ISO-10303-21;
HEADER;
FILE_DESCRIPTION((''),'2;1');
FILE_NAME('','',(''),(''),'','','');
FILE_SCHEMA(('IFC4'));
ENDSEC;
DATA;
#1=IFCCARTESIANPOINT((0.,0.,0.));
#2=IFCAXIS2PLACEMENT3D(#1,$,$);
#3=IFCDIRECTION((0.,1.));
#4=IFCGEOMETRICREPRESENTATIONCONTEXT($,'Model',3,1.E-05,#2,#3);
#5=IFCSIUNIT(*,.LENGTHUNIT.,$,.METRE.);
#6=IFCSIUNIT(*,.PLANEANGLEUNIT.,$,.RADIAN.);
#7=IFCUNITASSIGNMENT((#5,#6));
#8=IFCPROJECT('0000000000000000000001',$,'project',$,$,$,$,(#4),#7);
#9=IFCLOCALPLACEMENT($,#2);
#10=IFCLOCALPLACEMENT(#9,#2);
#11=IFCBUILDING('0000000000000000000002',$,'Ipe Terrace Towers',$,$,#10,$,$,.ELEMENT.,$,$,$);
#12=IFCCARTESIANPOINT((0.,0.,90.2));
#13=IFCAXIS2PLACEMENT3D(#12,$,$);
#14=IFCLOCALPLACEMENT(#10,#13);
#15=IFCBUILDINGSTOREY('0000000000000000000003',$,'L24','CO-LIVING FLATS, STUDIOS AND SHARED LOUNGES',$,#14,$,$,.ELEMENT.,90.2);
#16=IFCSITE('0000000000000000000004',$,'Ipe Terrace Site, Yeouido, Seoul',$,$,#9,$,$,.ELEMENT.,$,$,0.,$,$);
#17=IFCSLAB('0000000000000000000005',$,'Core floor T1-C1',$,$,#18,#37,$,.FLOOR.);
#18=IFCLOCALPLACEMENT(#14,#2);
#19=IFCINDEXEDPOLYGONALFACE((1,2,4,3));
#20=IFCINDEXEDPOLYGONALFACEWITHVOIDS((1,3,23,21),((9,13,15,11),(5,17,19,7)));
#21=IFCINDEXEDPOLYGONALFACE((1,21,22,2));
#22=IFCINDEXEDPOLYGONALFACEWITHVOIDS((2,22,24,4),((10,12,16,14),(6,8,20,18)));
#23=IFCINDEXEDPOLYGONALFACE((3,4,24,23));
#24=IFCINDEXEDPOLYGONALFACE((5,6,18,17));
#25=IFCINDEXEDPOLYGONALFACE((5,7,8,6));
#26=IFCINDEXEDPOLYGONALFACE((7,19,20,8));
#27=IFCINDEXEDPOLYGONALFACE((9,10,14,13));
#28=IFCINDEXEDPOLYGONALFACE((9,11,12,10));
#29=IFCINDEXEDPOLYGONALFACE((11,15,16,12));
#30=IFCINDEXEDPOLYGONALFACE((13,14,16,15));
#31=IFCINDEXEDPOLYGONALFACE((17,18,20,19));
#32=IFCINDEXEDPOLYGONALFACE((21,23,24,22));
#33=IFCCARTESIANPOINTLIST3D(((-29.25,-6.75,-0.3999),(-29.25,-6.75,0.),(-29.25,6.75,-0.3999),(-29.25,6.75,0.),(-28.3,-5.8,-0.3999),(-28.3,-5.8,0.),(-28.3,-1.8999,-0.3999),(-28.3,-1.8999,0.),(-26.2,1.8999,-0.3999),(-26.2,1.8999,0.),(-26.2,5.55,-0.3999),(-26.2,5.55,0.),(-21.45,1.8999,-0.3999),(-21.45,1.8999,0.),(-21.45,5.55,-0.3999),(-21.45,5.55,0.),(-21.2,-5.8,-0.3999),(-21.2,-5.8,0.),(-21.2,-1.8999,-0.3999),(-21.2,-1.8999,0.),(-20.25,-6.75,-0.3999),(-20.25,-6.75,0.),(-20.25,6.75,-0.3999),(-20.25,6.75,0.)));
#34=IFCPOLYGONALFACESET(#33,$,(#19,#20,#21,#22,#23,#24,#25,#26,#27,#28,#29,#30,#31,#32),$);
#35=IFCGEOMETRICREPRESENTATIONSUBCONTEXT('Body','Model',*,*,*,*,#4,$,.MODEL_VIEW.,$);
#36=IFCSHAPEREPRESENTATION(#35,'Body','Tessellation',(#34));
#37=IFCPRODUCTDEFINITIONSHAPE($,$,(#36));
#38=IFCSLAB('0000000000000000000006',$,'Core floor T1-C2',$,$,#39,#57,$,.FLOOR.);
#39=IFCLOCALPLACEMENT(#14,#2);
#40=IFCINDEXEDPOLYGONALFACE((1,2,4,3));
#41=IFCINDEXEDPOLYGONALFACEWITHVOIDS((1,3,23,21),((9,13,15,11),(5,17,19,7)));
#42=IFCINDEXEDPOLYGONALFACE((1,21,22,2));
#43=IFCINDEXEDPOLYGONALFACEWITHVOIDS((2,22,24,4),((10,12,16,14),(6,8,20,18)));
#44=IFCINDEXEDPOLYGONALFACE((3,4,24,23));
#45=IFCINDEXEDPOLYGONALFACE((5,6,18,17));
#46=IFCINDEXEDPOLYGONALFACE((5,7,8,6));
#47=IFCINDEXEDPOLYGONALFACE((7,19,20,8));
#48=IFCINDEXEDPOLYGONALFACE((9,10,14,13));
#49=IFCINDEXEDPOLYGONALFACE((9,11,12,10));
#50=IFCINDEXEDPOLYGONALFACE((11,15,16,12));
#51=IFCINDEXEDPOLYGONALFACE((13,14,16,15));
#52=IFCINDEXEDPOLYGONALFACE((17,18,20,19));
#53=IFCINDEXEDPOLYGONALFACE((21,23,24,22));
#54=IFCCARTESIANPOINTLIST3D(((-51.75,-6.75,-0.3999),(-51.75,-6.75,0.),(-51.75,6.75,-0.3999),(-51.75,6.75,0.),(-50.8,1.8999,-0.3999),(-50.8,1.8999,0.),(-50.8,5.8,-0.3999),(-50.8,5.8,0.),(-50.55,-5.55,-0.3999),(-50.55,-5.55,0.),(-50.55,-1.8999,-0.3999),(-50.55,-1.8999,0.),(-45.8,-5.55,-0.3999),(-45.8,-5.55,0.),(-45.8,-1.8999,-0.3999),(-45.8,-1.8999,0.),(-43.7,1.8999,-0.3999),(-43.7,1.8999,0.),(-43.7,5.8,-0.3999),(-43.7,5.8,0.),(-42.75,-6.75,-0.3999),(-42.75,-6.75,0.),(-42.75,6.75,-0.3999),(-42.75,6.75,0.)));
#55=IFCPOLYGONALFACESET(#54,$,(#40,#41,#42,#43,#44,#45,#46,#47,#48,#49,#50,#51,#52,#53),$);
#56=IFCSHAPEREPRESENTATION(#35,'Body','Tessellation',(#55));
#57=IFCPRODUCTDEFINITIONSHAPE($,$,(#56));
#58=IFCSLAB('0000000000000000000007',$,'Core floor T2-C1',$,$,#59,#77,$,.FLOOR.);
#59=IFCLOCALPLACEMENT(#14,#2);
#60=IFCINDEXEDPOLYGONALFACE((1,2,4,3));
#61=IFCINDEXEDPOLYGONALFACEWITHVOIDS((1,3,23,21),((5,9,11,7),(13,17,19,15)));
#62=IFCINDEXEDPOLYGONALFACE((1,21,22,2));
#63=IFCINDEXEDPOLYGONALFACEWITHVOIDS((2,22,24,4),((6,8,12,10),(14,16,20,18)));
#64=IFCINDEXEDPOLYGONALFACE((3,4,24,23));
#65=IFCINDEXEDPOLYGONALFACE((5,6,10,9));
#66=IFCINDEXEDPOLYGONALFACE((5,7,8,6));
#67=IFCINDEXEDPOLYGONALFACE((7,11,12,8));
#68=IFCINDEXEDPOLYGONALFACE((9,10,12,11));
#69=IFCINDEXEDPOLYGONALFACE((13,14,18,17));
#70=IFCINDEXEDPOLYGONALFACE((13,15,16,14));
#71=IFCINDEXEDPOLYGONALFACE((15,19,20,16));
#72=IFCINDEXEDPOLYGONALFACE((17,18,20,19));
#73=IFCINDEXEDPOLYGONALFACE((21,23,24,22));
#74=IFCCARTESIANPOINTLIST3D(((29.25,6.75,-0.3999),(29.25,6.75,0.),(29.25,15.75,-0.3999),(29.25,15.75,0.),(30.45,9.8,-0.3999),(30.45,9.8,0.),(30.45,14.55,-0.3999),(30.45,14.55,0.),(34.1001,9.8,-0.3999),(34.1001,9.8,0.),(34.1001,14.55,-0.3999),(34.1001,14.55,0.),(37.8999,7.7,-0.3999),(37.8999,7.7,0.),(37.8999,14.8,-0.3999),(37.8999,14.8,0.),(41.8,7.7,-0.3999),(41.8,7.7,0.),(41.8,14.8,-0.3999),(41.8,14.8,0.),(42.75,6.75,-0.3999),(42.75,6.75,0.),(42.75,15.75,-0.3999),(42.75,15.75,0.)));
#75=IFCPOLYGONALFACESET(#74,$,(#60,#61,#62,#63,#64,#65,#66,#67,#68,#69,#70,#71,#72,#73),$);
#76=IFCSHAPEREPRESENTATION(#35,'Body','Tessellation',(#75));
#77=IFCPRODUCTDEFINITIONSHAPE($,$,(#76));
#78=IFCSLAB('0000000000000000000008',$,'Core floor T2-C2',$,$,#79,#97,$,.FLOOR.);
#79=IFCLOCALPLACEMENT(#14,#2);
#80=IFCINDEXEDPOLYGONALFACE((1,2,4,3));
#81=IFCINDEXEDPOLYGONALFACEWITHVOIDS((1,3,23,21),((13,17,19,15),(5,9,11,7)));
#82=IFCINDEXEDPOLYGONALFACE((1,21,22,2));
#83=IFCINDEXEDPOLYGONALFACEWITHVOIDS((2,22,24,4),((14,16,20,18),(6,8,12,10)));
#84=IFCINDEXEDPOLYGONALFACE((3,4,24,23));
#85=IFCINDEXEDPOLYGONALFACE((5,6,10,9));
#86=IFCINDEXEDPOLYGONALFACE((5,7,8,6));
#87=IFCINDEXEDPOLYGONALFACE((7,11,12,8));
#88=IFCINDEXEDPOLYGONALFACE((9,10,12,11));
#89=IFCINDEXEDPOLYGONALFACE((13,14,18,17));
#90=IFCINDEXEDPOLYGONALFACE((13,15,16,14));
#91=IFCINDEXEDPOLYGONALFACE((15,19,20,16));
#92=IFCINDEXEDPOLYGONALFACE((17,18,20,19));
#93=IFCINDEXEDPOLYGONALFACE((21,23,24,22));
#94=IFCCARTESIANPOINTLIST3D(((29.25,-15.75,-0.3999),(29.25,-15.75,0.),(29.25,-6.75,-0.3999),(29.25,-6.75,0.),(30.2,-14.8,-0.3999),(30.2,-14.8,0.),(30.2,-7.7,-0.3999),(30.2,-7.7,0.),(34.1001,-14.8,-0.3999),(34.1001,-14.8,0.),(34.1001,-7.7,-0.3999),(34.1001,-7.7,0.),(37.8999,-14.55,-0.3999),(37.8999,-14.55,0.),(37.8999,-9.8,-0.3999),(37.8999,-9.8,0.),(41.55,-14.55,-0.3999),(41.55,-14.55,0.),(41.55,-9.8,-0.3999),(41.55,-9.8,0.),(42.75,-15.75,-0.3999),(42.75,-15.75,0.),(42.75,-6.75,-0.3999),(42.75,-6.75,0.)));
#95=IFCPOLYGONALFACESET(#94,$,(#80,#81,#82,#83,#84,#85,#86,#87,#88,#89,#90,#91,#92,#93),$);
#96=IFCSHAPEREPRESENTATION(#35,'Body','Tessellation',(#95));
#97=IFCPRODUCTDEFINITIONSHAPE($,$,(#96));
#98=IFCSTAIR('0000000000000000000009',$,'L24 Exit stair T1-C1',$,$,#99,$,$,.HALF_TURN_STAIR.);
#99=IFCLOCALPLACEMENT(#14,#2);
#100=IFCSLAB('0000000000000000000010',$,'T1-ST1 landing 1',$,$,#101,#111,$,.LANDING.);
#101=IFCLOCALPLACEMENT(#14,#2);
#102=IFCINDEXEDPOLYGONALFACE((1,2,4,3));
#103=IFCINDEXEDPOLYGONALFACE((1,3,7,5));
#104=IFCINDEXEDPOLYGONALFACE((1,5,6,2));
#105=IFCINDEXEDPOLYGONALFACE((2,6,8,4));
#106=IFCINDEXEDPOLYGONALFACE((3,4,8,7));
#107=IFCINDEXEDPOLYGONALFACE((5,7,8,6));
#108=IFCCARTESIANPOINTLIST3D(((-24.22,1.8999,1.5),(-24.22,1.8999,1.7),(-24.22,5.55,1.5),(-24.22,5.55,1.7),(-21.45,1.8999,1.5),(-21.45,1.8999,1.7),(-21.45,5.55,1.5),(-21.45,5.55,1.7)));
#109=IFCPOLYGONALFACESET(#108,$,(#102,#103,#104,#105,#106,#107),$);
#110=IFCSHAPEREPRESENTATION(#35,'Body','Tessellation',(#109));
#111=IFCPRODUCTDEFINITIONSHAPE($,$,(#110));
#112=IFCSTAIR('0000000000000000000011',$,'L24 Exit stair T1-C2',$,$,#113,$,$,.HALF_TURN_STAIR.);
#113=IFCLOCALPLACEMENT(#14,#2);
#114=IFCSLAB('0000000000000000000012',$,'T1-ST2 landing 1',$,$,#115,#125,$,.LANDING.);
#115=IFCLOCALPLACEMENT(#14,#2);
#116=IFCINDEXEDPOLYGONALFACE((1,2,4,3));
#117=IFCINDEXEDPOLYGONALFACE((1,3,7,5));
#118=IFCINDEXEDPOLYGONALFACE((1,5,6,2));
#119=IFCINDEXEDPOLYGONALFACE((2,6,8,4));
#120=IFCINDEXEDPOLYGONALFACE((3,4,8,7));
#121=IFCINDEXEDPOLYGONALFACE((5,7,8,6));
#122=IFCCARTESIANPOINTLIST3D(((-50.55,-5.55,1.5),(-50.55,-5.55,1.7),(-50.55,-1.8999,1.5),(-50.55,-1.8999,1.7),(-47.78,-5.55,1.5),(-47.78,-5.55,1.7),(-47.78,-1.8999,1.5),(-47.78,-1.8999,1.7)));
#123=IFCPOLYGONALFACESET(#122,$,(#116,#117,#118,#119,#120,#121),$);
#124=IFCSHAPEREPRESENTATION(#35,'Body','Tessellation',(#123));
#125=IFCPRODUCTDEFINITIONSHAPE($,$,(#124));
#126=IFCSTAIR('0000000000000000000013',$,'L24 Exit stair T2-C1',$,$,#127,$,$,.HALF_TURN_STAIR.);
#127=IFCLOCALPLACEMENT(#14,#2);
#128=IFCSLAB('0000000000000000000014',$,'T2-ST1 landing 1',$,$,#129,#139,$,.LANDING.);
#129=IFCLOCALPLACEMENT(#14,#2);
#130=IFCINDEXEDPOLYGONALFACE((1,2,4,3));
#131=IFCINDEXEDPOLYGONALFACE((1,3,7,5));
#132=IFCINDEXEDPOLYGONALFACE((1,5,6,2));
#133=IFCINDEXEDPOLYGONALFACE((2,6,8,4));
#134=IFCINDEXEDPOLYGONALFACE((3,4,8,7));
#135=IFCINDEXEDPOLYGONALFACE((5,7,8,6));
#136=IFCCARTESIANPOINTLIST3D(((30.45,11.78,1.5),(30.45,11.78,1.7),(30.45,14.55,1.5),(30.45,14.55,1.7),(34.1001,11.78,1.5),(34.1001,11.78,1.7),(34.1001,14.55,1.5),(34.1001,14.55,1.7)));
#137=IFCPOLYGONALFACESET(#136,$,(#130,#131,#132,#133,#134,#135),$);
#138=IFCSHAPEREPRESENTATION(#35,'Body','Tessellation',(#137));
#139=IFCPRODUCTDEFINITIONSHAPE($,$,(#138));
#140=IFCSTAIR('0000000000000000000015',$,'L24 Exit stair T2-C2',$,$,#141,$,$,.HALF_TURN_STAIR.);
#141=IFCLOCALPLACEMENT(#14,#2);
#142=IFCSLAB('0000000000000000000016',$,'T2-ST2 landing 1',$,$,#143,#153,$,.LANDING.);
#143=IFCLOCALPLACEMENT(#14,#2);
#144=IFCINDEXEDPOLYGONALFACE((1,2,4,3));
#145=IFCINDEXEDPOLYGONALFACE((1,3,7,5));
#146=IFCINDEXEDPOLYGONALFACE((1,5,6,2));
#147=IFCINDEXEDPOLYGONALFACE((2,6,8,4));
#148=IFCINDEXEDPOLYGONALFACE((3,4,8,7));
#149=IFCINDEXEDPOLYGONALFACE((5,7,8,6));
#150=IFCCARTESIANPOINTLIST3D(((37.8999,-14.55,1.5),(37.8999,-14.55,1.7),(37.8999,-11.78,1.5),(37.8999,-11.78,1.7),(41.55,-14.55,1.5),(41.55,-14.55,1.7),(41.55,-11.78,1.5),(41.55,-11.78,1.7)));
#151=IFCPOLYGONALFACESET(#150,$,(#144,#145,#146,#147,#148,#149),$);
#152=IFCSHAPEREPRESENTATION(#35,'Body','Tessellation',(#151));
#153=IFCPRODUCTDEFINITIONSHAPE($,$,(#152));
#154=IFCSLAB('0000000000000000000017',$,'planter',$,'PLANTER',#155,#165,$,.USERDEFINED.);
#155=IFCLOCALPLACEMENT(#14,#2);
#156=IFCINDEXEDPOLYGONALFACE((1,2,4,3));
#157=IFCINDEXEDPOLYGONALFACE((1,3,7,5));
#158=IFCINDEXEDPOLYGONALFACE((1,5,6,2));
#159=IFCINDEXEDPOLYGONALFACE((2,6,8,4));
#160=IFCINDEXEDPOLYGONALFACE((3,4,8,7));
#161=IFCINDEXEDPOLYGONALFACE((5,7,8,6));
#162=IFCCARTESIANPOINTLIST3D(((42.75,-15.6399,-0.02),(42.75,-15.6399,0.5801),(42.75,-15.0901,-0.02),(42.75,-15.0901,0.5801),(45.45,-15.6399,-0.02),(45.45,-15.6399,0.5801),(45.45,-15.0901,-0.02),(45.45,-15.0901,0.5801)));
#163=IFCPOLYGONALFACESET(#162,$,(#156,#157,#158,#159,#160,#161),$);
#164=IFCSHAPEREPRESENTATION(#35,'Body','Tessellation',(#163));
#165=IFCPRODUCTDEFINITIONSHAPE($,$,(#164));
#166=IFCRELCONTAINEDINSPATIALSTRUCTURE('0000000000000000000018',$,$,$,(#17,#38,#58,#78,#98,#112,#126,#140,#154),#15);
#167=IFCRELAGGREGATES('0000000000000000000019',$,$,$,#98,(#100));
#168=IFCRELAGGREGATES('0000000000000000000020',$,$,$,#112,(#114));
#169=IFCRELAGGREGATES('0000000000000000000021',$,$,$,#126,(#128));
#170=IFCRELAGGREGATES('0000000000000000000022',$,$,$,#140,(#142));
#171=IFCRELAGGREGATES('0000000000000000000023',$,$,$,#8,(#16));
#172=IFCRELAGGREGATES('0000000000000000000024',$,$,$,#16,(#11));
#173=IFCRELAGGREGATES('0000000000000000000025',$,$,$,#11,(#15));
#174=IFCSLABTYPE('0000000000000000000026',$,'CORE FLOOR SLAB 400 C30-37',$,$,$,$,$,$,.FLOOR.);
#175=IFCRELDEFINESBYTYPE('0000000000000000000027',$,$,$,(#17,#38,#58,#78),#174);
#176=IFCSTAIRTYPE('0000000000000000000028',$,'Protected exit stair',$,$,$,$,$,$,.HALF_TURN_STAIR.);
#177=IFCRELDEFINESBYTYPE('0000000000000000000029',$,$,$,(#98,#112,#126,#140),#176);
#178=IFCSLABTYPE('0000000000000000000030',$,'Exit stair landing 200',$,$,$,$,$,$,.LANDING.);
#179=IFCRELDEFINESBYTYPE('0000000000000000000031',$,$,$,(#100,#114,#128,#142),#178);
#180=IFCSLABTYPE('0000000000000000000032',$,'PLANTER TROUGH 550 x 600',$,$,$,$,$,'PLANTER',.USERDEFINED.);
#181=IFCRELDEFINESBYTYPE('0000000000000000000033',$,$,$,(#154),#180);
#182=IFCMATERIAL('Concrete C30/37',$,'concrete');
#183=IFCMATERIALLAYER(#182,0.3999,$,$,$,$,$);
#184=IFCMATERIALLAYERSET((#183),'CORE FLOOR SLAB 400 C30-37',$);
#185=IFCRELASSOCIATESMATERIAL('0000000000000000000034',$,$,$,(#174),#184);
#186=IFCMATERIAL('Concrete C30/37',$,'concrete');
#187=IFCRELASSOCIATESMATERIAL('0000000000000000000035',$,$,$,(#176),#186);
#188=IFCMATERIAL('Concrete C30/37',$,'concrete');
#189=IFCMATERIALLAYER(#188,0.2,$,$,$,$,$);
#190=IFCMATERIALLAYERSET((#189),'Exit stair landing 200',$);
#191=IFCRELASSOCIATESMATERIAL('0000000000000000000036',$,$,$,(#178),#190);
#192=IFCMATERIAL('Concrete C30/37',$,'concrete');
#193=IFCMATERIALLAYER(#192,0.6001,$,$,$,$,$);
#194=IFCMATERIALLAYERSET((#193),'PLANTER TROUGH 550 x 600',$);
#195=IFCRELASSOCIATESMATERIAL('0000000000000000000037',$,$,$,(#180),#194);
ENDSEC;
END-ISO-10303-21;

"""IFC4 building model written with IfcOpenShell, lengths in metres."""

from ifc_helpers import new_model, si_unit, direction, frame, origin, place, context, subcontext, project, spatial, polyline, outline, extrude, material, layer, layer_set, type_object, element, aggregate, save


model = new_model("IFC4")

# Units and contexts
model_context = context("Model", 3, precision=1e-05, world=origin(), true_north=direction((0.0, 1.0)))
body_context = subcontext(model_context, "Body", "Model", "MODEL_VIEW")
ifc_project = project(units=[si_unit("LENGTHUNIT", "METRE"), si_unit("PLANEANGLEUNIT", "RADIAN")], contexts=[model_context])

# Site, building, storey
site_placement = place(None, origin())
site = spatial("IfcSite", under=ifc_project, at=site_placement, Name="Ipe Terrace Site, Yeouido, Seoul", CompositionType="ELEMENT", RefElevation=0.0)
building_placement = place(site_placement, origin())
building = spatial("IfcBuilding", under=site, at=building_placement, Name="Ipe Terrace Towers", CompositionType="ELEMENT")
storey_placement = place(building_placement, frame((0.0, 0.0, 90.2)))
storey = spatial("IfcBuildingStorey", under=building, at=storey_placement, Name="L24", Description="CO-LIVING FLATS, STUDIOS AND SHARED LOUNGES", CompositionType="ELEMENT", Elevation=90.2)

# Slabs
ifc_material_1 = material(Name="Concrete C30/37", Category="concrete")
ifc_layer_1 = layer(ifc_material_1, 0.3999)
ifc_layer_set_1 = layer_set([ifc_layer_1], Name="CORE FLOOR SLAB 400 C30-37")
slab_type_1 = type_object("IfcSlabType", Name="CORE FLOOR SLAB 400 C30-37", PredefinedType="FLOOR", material=ifc_layer_set_1)
slab_1_placement = place(storey_placement, frame((0.0, 0.0, -0.3999)))
element("IfcSlab", 1, at=slab_1_placement, inside=storey, type_object=slab_type_1, Name="Core floor T1-C1", PredefinedType="FLOOR", context=body_context, shape_type="SweptSolid", body=[
    extrude(outline(polyline([(-29.25, -6.75), (-29.25, 6.75), (-20.25, 6.75), (-20.25, -6.75), (-29.25, -6.75)]), holes=[polyline([(-28.3, -5.8), (-21.2, -5.8), (-21.2, -1.8999), (-28.3, -1.8999), (-28.3, -5.8)]), polyline([(-26.2, 5.55), (-26.2, 1.8999), (-21.45, 1.8999), (-21.45, 5.55), (-26.2, 5.55)])]), origin(), (0.0, 0.0, 1.0), 0.3999),
])
slab_2_placement = place(storey_placement, frame((0.0, 0.0, -0.3999)))
element("IfcSlab", 2, at=slab_2_placement, inside=storey, type_object=slab_type_1, Name="Core floor T1-C2", PredefinedType="FLOOR", context=body_context, shape_type="SweptSolid", body=[
    extrude(outline(polyline([(-51.75, -6.75), (-51.75, 6.75), (-42.75, 6.75), (-42.75, -6.75), (-51.75, -6.75)]), holes=[polyline([(-45.8, -5.55), (-45.8, -1.8999), (-50.55, -1.8999), (-50.55, -5.55), (-45.8, -5.55)]), polyline([(-50.8, 1.8999), (-43.7, 1.8999), (-43.7, 5.8), (-50.8, 5.8), (-50.8, 1.8999)])]), origin(), (0.0, 0.0, 1.0), 0.3999),
])
slab_3_placement = place(storey_placement, frame((0.0, 0.0, -0.3999)))
element("IfcSlab", 3, at=slab_3_placement, inside=storey, type_object=slab_type_1, Name="Core floor T2-C1", PredefinedType="FLOOR", context=body_context, shape_type="SweptSolid", body=[
    extrude(outline(polyline([(29.25, 6.75), (29.25, 15.75), (42.75, 15.75), (42.75, 6.75), (29.25, 6.75)]), holes=[polyline([(41.8, 7.7), (41.8, 14.8), (37.8999, 14.8), (37.8999, 7.7), (41.8, 7.7)]), polyline([(30.45, 9.8), (34.1001, 9.8), (34.1001, 14.55), (30.45, 14.55), (30.45, 9.8)])]), origin(), (0.0, 0.0, 1.0), 0.3999),
])
slab_4_placement = place(storey_placement, frame((0.0, 0.0, -0.3999)))
element("IfcSlab", 4, at=slab_4_placement, inside=storey, type_object=slab_type_1, Name="Core floor T2-C2", PredefinedType="FLOOR", context=body_context, shape_type="SweptSolid", body=[
    extrude(outline(polyline([(29.25, -15.75), (29.25, -6.75), (42.75, -6.75), (42.75, -15.75), (29.25, -15.75)]), holes=[polyline([(34.1001, -14.8), (34.1001, -7.7), (30.2, -7.7), (30.2, -14.8), (34.1001, -14.8)]), polyline([(41.55, -9.8), (37.8999, -9.8), (37.8999, -14.55), (41.55, -14.55), (41.55, -9.8)])]), origin(), (0.0, 0.0, 1.0), 0.3999),
])

# Stairs, slabs
ifc_material_2 = material(Name="Concrete C30/37", Category="concrete")
stair_type = type_object("IfcStairType", Name="Protected exit stair", PredefinedType="HALF_TURN_STAIR", material=ifc_material_2)
stair_1_placement = place(storey_placement, origin())
stair_1 = element("IfcStair", 5, at=stair_1_placement, inside=storey, type_object=stair_type, Name="L24 Exit stair T1-C1", PredefinedType="HALF_TURN_STAIR")
ifc_material_3 = material(Name="Concrete C30/37", Category="concrete")
ifc_layer_2 = layer(ifc_material_3, 0.2)
ifc_layer_set_2 = layer_set([ifc_layer_2], Name="Exit stair landing 200")
slab_type_2 = type_object("IfcSlabType", Name="Exit stair landing 200", PredefinedType="LANDING", material=ifc_layer_set_2)
slab_5_placement = place(storey_placement, frame((0.0, 0.0, 1.5)))
slab_5 = element("IfcSlab", 6, at=slab_5_placement, type_object=slab_type_2, Name="T1-ST1 landing 1", PredefinedType="LANDING", context=body_context, shape_type="SweptSolid", body=[
    extrude(outline(polyline([(-24.22, 1.8999), (-21.45, 1.8999), (-21.45, 5.55), (-24.22, 5.55), (-24.22, 1.8999)])), origin(), (0.0, 0.0, 1.0), 0.2),
])
aggregate(stair_1, [slab_5])
stair_2_placement = place(storey_placement, origin())
stair_2 = element("IfcStair", 7, at=stair_2_placement, inside=storey, type_object=stair_type, Name="L24 Exit stair T1-C2", PredefinedType="HALF_TURN_STAIR")
slab_6_placement = place(storey_placement, frame((0.0, 0.0, 1.5)))
slab_6 = element("IfcSlab", 8, at=slab_6_placement, type_object=slab_type_2, Name="T1-ST2 landing 1", PredefinedType="LANDING", context=body_context, shape_type="SweptSolid", body=[
    extrude(outline(polyline([(-47.78, -1.8999), (-50.55, -1.8999), (-50.55, -5.55), (-47.78, -5.55), (-47.78, -1.8999)])), origin(), (0.0, 0.0, 1.0), 0.2),
])
aggregate(stair_2, [slab_6])
stair_3_placement = place(storey_placement, origin())
stair_3 = element("IfcStair", 9, at=stair_3_placement, inside=storey, type_object=stair_type, Name="L24 Exit stair T2-C1", PredefinedType="HALF_TURN_STAIR")
slab_7_placement = place(storey_placement, frame((0.0, 0.0, 1.5)))
slab_7 = element("IfcSlab", 10, at=slab_7_placement, type_object=slab_type_2, Name="T2-ST1 landing 1", PredefinedType="LANDING", context=body_context, shape_type="SweptSolid", body=[
    extrude(outline(polyline([(34.1001, 11.78), (34.1001, 14.55), (30.45, 14.55), (30.45, 11.78), (34.1001, 11.78)])), origin(), (0.0, 0.0, 1.0), 0.2),
])
aggregate(stair_3, [slab_7])
stair_4_placement = place(storey_placement, origin())
stair_4 = element("IfcStair", 11, at=stair_4_placement, inside=storey, type_object=stair_type, Name="L24 Exit stair T2-C2", PredefinedType="HALF_TURN_STAIR")
slab_8_placement = place(storey_placement, frame((0.0, 0.0, 1.5)))
slab_8 = element("IfcSlab", 12, at=slab_8_placement, type_object=slab_type_2, Name="T2-ST2 landing 1", PredefinedType="LANDING", context=body_context, shape_type="SweptSolid", body=[
    extrude(outline(polyline([(37.8999, -11.78), (37.8999, -14.55), (41.55, -14.55), (41.55, -11.78), (37.8999, -11.78)])), origin(), (0.0, 0.0, 1.0), 0.2),
])
aggregate(stair_4, [slab_8])

# Slab
ifc_material_4 = material(Name="Concrete C30/37", Category="concrete")
ifc_layer_3 = layer(ifc_material_4, 0.6001)
ifc_layer_set_3 = layer_set([ifc_layer_3], Name="PLANTER TROUGH 550 x 600")
slab_type_3 = type_object("IfcSlabType", Name="PLANTER TROUGH 550 x 600", ElementType="PLANTER", PredefinedType="USERDEFINED", material=ifc_layer_set_3)
slab_9_placement = place(storey_placement, frame((0.0, 0.0, -0.02)))
element("IfcSlab", 13, at=slab_9_placement, inside=storey, type_object=slab_type_3, Name="planter", ObjectType="PLANTER", PredefinedType="USERDEFINED", context=body_context, shape_type="SweptSolid", body=[
    extrude(outline(polyline([(42.75, -15.6399), (45.45, -15.6399), (45.45, -15.0901), (42.75, -15.0901), (42.75, -15.6399)])), origin(), (0.0, 0.0, 1.0), 0.6001),
])

save(model, "model.ifc")
